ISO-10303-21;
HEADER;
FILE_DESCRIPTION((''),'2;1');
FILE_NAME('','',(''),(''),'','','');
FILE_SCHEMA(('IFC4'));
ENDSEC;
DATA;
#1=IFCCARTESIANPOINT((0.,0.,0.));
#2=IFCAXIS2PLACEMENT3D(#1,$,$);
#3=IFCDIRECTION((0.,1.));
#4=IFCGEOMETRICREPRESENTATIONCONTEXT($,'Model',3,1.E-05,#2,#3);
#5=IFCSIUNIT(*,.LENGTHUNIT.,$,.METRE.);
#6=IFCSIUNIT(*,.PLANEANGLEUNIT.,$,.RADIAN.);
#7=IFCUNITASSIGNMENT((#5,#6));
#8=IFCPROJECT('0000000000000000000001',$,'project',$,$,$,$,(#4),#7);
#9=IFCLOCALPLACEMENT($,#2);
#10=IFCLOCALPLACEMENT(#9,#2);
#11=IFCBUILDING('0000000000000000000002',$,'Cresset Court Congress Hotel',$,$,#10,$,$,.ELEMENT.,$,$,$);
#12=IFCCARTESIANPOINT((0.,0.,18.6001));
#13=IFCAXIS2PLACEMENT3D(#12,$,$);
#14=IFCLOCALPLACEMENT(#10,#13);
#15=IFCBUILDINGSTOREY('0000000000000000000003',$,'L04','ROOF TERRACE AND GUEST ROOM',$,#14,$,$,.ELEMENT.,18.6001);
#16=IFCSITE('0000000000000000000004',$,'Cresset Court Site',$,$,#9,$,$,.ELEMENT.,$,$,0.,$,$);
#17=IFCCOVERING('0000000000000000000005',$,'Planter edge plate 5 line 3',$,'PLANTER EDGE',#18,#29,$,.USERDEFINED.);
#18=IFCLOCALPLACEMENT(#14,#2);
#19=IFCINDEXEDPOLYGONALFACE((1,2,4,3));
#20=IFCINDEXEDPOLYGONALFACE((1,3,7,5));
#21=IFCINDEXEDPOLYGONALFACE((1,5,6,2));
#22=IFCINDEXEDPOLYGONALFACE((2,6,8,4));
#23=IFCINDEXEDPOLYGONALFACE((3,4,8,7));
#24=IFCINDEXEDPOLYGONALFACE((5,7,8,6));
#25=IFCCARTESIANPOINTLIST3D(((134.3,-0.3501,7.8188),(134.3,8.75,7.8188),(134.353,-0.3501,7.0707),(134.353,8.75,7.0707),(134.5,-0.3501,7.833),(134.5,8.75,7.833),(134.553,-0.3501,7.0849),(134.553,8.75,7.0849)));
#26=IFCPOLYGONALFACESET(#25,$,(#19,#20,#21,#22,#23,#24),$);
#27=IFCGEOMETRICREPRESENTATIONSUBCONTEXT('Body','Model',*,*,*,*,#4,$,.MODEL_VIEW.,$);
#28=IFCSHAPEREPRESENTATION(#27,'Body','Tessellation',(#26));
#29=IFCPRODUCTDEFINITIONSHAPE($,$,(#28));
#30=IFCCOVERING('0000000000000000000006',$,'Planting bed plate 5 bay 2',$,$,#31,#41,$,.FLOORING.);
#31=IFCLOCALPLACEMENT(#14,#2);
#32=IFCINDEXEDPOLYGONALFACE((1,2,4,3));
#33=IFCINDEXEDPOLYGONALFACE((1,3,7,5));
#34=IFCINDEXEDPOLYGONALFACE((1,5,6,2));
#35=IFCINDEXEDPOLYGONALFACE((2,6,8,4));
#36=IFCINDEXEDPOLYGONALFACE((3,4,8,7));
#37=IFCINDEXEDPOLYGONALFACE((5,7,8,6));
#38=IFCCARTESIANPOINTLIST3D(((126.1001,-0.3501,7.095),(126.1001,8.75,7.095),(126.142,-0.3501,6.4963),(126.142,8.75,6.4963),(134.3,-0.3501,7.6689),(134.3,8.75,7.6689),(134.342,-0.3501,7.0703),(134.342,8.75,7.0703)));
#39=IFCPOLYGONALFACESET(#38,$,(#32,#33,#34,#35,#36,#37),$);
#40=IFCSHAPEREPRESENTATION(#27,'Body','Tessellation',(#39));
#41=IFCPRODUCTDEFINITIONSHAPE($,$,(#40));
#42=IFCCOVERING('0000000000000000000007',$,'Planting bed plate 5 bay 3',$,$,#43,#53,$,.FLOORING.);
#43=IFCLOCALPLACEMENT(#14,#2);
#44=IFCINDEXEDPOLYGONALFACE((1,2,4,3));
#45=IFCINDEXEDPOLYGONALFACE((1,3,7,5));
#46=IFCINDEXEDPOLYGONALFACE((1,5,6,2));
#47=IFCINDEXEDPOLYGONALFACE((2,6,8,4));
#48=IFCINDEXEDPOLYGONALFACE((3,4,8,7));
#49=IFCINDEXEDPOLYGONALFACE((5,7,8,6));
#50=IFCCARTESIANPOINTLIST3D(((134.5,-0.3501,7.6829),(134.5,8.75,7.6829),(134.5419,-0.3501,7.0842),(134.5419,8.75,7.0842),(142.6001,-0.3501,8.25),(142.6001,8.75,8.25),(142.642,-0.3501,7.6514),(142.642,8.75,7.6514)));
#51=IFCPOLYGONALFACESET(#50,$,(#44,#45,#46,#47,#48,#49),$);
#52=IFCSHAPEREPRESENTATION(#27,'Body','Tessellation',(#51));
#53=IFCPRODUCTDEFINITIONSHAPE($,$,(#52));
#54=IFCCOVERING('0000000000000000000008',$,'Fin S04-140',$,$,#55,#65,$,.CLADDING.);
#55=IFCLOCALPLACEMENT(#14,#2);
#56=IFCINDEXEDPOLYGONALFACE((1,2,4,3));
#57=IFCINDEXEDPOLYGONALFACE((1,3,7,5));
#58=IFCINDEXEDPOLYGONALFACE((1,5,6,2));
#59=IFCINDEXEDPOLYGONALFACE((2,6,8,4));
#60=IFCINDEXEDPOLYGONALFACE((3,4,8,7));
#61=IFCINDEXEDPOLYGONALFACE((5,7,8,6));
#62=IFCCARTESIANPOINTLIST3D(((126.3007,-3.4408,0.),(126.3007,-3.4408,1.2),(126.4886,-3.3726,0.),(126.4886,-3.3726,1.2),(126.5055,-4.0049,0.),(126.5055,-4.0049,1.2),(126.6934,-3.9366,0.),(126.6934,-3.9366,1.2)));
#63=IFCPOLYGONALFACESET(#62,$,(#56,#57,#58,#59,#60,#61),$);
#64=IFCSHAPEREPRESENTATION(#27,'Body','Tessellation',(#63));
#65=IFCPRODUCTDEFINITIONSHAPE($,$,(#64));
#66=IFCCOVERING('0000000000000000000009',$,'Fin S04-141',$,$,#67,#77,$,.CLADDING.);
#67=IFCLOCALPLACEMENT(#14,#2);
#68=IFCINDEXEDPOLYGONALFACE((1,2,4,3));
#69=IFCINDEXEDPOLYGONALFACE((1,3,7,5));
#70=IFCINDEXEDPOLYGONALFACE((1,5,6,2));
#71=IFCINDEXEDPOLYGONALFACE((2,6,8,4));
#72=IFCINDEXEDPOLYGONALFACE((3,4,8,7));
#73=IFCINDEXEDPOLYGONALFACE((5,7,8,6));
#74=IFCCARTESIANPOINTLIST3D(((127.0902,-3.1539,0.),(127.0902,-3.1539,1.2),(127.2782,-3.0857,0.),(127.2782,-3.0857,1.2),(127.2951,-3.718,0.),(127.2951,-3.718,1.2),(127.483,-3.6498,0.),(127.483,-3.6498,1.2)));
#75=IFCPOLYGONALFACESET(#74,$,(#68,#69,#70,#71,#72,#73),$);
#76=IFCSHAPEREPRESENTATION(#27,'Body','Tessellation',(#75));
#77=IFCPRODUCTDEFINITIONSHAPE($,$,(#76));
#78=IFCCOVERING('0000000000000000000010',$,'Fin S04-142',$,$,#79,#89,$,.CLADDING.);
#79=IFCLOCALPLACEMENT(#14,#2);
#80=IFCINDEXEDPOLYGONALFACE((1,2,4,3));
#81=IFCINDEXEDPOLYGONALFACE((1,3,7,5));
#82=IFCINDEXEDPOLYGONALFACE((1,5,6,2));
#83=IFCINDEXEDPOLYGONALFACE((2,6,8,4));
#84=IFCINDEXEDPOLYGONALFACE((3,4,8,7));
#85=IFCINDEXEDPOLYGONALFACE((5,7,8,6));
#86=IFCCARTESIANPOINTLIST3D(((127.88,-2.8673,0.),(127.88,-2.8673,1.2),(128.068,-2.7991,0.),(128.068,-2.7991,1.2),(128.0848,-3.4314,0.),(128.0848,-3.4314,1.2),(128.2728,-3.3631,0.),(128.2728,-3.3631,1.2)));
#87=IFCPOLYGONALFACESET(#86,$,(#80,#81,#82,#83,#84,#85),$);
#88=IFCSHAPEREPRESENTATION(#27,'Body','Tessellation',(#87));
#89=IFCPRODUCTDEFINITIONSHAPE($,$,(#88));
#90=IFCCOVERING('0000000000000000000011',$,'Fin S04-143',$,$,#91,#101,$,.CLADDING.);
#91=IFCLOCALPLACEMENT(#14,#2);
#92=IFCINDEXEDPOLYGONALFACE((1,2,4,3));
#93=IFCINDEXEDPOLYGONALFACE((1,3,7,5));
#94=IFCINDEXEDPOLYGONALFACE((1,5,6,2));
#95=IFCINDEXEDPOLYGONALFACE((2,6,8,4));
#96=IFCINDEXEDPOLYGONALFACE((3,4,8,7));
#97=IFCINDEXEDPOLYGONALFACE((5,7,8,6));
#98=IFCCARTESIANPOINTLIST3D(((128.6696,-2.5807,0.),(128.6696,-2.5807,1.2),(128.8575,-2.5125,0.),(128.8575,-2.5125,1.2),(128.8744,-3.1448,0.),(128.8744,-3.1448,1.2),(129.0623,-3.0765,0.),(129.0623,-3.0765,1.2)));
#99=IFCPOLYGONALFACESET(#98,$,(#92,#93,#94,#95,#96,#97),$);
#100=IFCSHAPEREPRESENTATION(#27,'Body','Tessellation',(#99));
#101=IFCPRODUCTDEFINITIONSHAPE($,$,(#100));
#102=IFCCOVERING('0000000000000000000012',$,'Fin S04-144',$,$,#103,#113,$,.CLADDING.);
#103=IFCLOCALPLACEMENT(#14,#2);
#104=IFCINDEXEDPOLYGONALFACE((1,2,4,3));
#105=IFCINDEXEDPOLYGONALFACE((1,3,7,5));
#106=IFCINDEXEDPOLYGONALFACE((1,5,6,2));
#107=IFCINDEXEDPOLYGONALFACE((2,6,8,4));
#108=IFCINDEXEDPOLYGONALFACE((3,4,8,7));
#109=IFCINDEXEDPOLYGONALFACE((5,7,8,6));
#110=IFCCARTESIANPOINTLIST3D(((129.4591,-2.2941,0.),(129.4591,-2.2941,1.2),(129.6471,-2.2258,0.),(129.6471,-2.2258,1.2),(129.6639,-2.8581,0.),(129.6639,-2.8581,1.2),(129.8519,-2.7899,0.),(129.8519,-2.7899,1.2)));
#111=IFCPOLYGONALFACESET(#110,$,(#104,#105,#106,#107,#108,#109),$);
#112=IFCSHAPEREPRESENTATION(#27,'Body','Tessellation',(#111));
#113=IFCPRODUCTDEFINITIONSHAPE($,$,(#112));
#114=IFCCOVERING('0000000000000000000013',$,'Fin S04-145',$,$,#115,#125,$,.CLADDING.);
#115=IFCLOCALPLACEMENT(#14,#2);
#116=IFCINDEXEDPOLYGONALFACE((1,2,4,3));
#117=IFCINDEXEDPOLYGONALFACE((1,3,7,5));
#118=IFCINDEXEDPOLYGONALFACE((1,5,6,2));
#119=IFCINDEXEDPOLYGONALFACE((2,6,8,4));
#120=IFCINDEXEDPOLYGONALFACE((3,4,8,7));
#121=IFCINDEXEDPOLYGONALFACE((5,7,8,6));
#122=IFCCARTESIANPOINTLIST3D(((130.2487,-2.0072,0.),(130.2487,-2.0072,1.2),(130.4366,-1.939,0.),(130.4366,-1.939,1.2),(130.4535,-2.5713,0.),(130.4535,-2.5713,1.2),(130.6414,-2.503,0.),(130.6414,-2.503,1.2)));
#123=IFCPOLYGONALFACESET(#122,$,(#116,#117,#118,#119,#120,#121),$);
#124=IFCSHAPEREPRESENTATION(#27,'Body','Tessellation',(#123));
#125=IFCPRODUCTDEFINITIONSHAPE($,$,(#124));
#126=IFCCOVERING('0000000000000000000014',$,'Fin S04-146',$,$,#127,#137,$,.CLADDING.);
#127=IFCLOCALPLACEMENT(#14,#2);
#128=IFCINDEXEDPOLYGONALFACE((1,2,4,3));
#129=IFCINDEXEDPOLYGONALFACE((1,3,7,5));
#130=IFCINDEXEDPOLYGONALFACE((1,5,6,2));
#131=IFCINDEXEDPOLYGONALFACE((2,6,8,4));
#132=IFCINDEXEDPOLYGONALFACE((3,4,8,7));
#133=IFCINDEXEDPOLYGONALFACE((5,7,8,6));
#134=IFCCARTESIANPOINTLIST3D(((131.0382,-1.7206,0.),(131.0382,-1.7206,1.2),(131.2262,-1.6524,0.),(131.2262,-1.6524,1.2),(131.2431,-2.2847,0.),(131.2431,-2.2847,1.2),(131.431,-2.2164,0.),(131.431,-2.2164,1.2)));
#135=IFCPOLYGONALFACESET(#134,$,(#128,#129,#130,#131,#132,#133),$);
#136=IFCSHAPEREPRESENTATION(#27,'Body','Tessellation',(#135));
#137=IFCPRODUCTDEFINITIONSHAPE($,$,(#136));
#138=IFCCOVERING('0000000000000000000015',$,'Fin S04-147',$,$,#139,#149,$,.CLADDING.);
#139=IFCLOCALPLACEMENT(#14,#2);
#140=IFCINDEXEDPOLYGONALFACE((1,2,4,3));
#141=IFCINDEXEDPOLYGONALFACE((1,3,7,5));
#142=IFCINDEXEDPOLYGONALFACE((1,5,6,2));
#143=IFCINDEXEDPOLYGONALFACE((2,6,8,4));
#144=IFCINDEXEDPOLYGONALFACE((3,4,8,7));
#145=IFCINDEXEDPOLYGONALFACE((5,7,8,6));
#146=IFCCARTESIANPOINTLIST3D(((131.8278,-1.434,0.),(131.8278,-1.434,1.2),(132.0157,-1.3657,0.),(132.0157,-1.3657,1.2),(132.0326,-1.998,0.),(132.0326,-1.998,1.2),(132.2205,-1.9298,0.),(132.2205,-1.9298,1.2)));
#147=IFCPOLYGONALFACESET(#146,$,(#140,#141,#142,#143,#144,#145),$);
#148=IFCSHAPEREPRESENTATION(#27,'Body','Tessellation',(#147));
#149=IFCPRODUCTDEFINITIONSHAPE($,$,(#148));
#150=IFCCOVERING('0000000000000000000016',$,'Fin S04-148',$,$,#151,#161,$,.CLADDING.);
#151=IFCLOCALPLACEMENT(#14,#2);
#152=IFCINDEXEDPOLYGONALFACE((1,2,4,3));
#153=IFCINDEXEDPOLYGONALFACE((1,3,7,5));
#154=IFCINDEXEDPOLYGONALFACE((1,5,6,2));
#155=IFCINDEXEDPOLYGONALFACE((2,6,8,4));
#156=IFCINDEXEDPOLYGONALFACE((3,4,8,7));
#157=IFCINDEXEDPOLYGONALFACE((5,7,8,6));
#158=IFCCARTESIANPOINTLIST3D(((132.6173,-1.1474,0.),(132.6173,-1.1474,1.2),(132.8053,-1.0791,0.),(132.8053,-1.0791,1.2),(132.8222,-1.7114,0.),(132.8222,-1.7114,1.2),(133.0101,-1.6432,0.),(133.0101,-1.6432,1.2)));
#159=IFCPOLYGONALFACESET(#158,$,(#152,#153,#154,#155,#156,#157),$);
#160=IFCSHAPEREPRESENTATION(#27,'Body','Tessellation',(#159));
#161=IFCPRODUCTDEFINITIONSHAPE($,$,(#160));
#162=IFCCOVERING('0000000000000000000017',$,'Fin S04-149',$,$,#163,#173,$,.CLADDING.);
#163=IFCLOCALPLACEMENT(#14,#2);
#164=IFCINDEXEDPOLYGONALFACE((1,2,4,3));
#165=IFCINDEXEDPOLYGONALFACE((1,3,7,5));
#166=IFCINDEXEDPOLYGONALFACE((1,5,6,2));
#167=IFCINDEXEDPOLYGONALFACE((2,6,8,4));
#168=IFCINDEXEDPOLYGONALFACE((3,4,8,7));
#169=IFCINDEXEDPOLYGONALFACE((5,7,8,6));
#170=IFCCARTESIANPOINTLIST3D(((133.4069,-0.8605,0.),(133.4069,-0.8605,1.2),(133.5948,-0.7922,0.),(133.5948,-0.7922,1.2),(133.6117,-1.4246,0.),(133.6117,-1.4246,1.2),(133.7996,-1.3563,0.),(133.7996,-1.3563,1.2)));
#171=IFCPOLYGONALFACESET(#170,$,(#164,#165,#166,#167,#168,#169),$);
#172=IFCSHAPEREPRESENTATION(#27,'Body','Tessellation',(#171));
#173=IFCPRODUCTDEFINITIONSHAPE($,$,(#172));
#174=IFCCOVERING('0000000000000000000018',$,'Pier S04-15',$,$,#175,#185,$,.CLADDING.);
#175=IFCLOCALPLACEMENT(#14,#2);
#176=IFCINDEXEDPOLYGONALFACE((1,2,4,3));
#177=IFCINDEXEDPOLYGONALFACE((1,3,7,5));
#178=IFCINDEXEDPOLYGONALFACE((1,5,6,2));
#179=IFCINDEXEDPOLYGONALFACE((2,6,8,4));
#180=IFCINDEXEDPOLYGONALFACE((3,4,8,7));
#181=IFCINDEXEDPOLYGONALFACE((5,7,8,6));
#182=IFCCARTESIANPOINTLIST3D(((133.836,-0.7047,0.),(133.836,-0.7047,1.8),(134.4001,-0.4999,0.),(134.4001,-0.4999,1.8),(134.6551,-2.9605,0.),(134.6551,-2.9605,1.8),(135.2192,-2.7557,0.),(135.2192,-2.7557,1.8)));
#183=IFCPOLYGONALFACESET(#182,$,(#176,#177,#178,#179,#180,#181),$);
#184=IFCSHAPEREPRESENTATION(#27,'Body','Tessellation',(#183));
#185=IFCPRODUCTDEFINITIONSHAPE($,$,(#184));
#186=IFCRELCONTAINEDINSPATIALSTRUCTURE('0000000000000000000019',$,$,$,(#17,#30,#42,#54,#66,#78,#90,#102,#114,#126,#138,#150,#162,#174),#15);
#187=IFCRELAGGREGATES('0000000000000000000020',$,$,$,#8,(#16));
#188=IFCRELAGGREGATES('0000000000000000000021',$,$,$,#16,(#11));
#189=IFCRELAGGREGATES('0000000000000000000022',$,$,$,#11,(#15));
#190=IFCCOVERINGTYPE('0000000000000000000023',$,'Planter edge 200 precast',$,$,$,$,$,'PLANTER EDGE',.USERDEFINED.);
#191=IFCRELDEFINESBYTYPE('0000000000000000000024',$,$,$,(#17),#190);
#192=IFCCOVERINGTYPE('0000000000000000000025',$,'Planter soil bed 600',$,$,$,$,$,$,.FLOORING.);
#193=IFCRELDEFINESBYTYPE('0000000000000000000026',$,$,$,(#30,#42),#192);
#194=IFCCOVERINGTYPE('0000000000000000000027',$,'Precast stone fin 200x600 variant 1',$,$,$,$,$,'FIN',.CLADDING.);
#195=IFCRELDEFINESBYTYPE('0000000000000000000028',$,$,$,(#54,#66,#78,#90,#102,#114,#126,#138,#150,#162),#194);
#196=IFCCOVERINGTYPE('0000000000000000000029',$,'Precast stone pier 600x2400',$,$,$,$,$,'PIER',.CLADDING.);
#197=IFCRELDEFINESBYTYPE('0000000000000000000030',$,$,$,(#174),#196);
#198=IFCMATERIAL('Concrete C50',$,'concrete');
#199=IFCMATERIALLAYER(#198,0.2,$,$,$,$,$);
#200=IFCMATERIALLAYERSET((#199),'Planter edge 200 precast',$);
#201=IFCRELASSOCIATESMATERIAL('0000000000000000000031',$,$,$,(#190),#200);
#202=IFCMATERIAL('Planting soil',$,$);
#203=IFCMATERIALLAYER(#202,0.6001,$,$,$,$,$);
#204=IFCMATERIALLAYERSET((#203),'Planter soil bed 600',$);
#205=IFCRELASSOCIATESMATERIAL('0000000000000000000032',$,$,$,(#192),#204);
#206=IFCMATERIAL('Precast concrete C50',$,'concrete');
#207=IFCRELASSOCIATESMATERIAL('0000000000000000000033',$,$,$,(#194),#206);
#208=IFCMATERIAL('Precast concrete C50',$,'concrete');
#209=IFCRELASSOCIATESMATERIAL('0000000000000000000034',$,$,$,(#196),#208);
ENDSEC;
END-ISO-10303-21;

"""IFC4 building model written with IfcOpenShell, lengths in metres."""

from ifc_helpers import new_model, si_unit, direction, frame, origin, origin_2d, place, context, subcontext, project, spatial, polyline, rectangle, outline, extrude, material, layer, layer_set, type_object, element, save


model = new_model("IFC4")

# Units and contexts
model_context = context("Model", 3, precision=1e-05, world=origin(), true_north=direction((0.0, 1.0)))
body_context = subcontext(model_context, "Body", "Model", "MODEL_VIEW")
ifc_project = project(units=[si_unit("LENGTHUNIT", "METRE"), si_unit("PLANEANGLEUNIT", "RADIAN")], contexts=[model_context])

# Site, building, storey
site_placement = place(None, origin())
site = spatial("IfcSite", under=ifc_project, at=site_placement, Name="Cresset Court Site", CompositionType="ELEMENT", RefElevation=0.0)
building_placement = place(site_placement, origin())
building = spatial("IfcBuilding", under=site, at=building_placement, Name="Cresset Court Congress Hotel", CompositionType="ELEMENT")
storey_placement = place(building_placement, frame((0.0, 0.0, 18.6001)))
storey = spatial("IfcBuildingStorey", under=building, at=storey_placement, Name="L04", Description="ROOF TERRACE AND GUEST ROOM", CompositionType="ELEMENT", Elevation=18.6001)

# Coverings
ifc_material_1 = material(Name="Concrete C50", Category="concrete")
ifc_layer_1 = layer(ifc_material_1, 0.2)
ifc_layer_set_1 = layer_set([ifc_layer_1], Name="Planter edge 200 precast")
covering_type_1 = type_object("IfcCoveringType", Name="Planter edge 200 precast", ElementType="PLANTER EDGE", PredefinedType="USERDEFINED", material=ifc_layer_set_1)
covering_1_placement = place(storey_placement, frame((134.3, -0.3501, 7.8188), z_axis=(-0.070641, 0.0, 0.997502), x_axis=(0.997502, 0.0, 0.070641)))
element("IfcCovering", 1, at=covering_1_placement, inside=storey, type_object=covering_type_1, Name="Planter edge plate 5 line 3", ObjectType="PLANTER EDGE", PredefinedType="USERDEFINED", context=body_context, shape_type="SweptSolid", body=[
    extrude(outline(polyline([(0.0, 0.0), (0.2005, 0.0), (0.2005, 9.1001), (0.0, 9.1001), (0.0, 0.0)])), origin(), (0.0, 0.0, -1.0), 0.75),
])
ifc_material_2 = material(Name="Planting soil")
ifc_layer_2 = layer(ifc_material_2, 0.6001)
ifc_layer_set_2 = layer_set([ifc_layer_2], Name="Planter soil bed 600")
covering_type_2 = type_object("IfcCoveringType", Name="Planter soil bed 600", PredefinedType="FLOORING", material=ifc_layer_set_2)
covering_2_placement = place(storey_placement, frame((126.1001, -0.3501, 7.095), z_axis=(-0.069826, 0.0, 0.997559), x_axis=(0.997559, 0.0, 0.069826)))
element("IfcCovering", 2, at=covering_2_placement, inside=storey, type_object=covering_type_2, Name="Planting bed plate 5 bay 2", PredefinedType="FLOORING", context=body_context, shape_type="SweptSolid", body=[
    extrude(outline(polyline([(0.0, 0.0), (8.22, 0.0), (8.22, 9.1001), (0.0, 9.1001), (0.0, 0.0)])), origin(), (0.0, 0.0, -1.0), 0.6001),
])
covering_3_placement = place(storey_placement, frame((134.5, -0.3501, 7.6829), z_axis=(-0.069845, 0.0, 0.997558), x_axis=(0.997558, 0.0, 0.069845)))
element("IfcCovering", 3, at=covering_3_placement, inside=storey, type_object=covering_type_2, Name="Planting bed plate 5 bay 3", PredefinedType="FLOORING", context=body_context, shape_type="SweptSolid", body=[
    extrude(outline(polyline([(0.0, 0.0), (8.1199, 0.0), (8.1199, 9.1001), (0.0, 9.1001), (0.0, 0.0)])), origin(), (0.0, 0.0, -1.0), 0.6001),
])
ifc_material_3 = material(Name="Precast concrete C50", Category="concrete")
covering_type_3 = type_object("IfcCoveringType", Name="Precast stone fin 200x600 variant 1", ElementType="FIN", PredefinedType="CLADDING", material=ifc_material_3)
for number, where, z_axis, x_axis, name in (
    (4, (126.4971, -3.6887, 0.0), (0.0, 0.0, 1.0), (0.939957, 0.341293, 0.0), "Fin S04-140"),
    (5, (127.2866, -3.4019, 0.0), (0.0, 0.0, 1.0), (0.939957, 0.341293, 0.0), "Fin S04-141"),
    (6, (128.0764, -3.1152, 0.0), (0.0, 0.0, 1.0), (0.939957, 0.341293, 0.0), "Fin S04-142"),
    (7, (128.866, -2.8286, 0.0), (0.0, 0.0, 1.0), (0.939957, 0.341293, 0.0), "Fin S04-143"),
    (8, (129.6555, -2.542, 0.0), (0.0, 0.0, 1.0), (0.939957, 0.341293, 0.0), "Fin S04-144"),
    (9, (130.4451, -2.2551, 0.0), (0.0, 0.0, 1.0), (0.939957, 0.341293, 0.0), "Fin S04-145"),
    (10, (131.2346, -1.9685, 0.0), (0.0, 0.0, 1.0), (0.939957, 0.341293, 0.0), "Fin S04-146"),
    (11, (132.0242, -1.6819, 0.0), (0.0, 0.0, 1.0), (0.939957, 0.341293, 0.0), "Fin S04-147"),
    (12, (132.8137, -1.3953, 0.0), (0.0, 0.0, 1.0), (0.939957, 0.341293, 0.0), "Fin S04-148"),
    (13, (133.6033, -1.1084, 0.0), (0.0, 0.0, 1.0), (0.939957, 0.341293, 0.0), "Fin S04-149"),
):
    element("IfcCovering", number, at=place(storey_placement, frame(where, z_axis=z_axis, x_axis=x_axis)), inside=storey, type_object=covering_type_3, Name=name, PredefinedType="CLADDING", context=body_context, shape_type="SweptSolid", body=[
        extrude(rectangle(XDim=0.2, YDim=0.6001, at=origin_2d()), origin(), (0.0, 0.0, 1.0), 1.2),
    ])
ifc_material_4 = material(Name="Precast concrete C50", Category="concrete")
covering_type_4 = type_object("IfcCoveringType", Name="Precast stone pier 600x2400", ElementType="PIER", PredefinedType="CLADDING", material=ifc_material_4)
covering_4_placement = place(storey_placement, frame((134.5276, -1.7302, 0.0), z_axis=(0.0, 0.0, 1.0), x_axis=(0.939957, 0.341293, 0.0)))
element("IfcCovering", 14, at=covering_4_placement, inside=storey, type_object=covering_type_4, Name="Pier S04-15", PredefinedType="CLADDING", context=body_context, shape_type="SweptSolid", body=[
    extrude(rectangle(XDim=0.6001, YDim=2.3999, at=origin_2d()), origin(), (0.0, 0.0, 1.0), 1.8),
])

save(model, "model.ifc")
